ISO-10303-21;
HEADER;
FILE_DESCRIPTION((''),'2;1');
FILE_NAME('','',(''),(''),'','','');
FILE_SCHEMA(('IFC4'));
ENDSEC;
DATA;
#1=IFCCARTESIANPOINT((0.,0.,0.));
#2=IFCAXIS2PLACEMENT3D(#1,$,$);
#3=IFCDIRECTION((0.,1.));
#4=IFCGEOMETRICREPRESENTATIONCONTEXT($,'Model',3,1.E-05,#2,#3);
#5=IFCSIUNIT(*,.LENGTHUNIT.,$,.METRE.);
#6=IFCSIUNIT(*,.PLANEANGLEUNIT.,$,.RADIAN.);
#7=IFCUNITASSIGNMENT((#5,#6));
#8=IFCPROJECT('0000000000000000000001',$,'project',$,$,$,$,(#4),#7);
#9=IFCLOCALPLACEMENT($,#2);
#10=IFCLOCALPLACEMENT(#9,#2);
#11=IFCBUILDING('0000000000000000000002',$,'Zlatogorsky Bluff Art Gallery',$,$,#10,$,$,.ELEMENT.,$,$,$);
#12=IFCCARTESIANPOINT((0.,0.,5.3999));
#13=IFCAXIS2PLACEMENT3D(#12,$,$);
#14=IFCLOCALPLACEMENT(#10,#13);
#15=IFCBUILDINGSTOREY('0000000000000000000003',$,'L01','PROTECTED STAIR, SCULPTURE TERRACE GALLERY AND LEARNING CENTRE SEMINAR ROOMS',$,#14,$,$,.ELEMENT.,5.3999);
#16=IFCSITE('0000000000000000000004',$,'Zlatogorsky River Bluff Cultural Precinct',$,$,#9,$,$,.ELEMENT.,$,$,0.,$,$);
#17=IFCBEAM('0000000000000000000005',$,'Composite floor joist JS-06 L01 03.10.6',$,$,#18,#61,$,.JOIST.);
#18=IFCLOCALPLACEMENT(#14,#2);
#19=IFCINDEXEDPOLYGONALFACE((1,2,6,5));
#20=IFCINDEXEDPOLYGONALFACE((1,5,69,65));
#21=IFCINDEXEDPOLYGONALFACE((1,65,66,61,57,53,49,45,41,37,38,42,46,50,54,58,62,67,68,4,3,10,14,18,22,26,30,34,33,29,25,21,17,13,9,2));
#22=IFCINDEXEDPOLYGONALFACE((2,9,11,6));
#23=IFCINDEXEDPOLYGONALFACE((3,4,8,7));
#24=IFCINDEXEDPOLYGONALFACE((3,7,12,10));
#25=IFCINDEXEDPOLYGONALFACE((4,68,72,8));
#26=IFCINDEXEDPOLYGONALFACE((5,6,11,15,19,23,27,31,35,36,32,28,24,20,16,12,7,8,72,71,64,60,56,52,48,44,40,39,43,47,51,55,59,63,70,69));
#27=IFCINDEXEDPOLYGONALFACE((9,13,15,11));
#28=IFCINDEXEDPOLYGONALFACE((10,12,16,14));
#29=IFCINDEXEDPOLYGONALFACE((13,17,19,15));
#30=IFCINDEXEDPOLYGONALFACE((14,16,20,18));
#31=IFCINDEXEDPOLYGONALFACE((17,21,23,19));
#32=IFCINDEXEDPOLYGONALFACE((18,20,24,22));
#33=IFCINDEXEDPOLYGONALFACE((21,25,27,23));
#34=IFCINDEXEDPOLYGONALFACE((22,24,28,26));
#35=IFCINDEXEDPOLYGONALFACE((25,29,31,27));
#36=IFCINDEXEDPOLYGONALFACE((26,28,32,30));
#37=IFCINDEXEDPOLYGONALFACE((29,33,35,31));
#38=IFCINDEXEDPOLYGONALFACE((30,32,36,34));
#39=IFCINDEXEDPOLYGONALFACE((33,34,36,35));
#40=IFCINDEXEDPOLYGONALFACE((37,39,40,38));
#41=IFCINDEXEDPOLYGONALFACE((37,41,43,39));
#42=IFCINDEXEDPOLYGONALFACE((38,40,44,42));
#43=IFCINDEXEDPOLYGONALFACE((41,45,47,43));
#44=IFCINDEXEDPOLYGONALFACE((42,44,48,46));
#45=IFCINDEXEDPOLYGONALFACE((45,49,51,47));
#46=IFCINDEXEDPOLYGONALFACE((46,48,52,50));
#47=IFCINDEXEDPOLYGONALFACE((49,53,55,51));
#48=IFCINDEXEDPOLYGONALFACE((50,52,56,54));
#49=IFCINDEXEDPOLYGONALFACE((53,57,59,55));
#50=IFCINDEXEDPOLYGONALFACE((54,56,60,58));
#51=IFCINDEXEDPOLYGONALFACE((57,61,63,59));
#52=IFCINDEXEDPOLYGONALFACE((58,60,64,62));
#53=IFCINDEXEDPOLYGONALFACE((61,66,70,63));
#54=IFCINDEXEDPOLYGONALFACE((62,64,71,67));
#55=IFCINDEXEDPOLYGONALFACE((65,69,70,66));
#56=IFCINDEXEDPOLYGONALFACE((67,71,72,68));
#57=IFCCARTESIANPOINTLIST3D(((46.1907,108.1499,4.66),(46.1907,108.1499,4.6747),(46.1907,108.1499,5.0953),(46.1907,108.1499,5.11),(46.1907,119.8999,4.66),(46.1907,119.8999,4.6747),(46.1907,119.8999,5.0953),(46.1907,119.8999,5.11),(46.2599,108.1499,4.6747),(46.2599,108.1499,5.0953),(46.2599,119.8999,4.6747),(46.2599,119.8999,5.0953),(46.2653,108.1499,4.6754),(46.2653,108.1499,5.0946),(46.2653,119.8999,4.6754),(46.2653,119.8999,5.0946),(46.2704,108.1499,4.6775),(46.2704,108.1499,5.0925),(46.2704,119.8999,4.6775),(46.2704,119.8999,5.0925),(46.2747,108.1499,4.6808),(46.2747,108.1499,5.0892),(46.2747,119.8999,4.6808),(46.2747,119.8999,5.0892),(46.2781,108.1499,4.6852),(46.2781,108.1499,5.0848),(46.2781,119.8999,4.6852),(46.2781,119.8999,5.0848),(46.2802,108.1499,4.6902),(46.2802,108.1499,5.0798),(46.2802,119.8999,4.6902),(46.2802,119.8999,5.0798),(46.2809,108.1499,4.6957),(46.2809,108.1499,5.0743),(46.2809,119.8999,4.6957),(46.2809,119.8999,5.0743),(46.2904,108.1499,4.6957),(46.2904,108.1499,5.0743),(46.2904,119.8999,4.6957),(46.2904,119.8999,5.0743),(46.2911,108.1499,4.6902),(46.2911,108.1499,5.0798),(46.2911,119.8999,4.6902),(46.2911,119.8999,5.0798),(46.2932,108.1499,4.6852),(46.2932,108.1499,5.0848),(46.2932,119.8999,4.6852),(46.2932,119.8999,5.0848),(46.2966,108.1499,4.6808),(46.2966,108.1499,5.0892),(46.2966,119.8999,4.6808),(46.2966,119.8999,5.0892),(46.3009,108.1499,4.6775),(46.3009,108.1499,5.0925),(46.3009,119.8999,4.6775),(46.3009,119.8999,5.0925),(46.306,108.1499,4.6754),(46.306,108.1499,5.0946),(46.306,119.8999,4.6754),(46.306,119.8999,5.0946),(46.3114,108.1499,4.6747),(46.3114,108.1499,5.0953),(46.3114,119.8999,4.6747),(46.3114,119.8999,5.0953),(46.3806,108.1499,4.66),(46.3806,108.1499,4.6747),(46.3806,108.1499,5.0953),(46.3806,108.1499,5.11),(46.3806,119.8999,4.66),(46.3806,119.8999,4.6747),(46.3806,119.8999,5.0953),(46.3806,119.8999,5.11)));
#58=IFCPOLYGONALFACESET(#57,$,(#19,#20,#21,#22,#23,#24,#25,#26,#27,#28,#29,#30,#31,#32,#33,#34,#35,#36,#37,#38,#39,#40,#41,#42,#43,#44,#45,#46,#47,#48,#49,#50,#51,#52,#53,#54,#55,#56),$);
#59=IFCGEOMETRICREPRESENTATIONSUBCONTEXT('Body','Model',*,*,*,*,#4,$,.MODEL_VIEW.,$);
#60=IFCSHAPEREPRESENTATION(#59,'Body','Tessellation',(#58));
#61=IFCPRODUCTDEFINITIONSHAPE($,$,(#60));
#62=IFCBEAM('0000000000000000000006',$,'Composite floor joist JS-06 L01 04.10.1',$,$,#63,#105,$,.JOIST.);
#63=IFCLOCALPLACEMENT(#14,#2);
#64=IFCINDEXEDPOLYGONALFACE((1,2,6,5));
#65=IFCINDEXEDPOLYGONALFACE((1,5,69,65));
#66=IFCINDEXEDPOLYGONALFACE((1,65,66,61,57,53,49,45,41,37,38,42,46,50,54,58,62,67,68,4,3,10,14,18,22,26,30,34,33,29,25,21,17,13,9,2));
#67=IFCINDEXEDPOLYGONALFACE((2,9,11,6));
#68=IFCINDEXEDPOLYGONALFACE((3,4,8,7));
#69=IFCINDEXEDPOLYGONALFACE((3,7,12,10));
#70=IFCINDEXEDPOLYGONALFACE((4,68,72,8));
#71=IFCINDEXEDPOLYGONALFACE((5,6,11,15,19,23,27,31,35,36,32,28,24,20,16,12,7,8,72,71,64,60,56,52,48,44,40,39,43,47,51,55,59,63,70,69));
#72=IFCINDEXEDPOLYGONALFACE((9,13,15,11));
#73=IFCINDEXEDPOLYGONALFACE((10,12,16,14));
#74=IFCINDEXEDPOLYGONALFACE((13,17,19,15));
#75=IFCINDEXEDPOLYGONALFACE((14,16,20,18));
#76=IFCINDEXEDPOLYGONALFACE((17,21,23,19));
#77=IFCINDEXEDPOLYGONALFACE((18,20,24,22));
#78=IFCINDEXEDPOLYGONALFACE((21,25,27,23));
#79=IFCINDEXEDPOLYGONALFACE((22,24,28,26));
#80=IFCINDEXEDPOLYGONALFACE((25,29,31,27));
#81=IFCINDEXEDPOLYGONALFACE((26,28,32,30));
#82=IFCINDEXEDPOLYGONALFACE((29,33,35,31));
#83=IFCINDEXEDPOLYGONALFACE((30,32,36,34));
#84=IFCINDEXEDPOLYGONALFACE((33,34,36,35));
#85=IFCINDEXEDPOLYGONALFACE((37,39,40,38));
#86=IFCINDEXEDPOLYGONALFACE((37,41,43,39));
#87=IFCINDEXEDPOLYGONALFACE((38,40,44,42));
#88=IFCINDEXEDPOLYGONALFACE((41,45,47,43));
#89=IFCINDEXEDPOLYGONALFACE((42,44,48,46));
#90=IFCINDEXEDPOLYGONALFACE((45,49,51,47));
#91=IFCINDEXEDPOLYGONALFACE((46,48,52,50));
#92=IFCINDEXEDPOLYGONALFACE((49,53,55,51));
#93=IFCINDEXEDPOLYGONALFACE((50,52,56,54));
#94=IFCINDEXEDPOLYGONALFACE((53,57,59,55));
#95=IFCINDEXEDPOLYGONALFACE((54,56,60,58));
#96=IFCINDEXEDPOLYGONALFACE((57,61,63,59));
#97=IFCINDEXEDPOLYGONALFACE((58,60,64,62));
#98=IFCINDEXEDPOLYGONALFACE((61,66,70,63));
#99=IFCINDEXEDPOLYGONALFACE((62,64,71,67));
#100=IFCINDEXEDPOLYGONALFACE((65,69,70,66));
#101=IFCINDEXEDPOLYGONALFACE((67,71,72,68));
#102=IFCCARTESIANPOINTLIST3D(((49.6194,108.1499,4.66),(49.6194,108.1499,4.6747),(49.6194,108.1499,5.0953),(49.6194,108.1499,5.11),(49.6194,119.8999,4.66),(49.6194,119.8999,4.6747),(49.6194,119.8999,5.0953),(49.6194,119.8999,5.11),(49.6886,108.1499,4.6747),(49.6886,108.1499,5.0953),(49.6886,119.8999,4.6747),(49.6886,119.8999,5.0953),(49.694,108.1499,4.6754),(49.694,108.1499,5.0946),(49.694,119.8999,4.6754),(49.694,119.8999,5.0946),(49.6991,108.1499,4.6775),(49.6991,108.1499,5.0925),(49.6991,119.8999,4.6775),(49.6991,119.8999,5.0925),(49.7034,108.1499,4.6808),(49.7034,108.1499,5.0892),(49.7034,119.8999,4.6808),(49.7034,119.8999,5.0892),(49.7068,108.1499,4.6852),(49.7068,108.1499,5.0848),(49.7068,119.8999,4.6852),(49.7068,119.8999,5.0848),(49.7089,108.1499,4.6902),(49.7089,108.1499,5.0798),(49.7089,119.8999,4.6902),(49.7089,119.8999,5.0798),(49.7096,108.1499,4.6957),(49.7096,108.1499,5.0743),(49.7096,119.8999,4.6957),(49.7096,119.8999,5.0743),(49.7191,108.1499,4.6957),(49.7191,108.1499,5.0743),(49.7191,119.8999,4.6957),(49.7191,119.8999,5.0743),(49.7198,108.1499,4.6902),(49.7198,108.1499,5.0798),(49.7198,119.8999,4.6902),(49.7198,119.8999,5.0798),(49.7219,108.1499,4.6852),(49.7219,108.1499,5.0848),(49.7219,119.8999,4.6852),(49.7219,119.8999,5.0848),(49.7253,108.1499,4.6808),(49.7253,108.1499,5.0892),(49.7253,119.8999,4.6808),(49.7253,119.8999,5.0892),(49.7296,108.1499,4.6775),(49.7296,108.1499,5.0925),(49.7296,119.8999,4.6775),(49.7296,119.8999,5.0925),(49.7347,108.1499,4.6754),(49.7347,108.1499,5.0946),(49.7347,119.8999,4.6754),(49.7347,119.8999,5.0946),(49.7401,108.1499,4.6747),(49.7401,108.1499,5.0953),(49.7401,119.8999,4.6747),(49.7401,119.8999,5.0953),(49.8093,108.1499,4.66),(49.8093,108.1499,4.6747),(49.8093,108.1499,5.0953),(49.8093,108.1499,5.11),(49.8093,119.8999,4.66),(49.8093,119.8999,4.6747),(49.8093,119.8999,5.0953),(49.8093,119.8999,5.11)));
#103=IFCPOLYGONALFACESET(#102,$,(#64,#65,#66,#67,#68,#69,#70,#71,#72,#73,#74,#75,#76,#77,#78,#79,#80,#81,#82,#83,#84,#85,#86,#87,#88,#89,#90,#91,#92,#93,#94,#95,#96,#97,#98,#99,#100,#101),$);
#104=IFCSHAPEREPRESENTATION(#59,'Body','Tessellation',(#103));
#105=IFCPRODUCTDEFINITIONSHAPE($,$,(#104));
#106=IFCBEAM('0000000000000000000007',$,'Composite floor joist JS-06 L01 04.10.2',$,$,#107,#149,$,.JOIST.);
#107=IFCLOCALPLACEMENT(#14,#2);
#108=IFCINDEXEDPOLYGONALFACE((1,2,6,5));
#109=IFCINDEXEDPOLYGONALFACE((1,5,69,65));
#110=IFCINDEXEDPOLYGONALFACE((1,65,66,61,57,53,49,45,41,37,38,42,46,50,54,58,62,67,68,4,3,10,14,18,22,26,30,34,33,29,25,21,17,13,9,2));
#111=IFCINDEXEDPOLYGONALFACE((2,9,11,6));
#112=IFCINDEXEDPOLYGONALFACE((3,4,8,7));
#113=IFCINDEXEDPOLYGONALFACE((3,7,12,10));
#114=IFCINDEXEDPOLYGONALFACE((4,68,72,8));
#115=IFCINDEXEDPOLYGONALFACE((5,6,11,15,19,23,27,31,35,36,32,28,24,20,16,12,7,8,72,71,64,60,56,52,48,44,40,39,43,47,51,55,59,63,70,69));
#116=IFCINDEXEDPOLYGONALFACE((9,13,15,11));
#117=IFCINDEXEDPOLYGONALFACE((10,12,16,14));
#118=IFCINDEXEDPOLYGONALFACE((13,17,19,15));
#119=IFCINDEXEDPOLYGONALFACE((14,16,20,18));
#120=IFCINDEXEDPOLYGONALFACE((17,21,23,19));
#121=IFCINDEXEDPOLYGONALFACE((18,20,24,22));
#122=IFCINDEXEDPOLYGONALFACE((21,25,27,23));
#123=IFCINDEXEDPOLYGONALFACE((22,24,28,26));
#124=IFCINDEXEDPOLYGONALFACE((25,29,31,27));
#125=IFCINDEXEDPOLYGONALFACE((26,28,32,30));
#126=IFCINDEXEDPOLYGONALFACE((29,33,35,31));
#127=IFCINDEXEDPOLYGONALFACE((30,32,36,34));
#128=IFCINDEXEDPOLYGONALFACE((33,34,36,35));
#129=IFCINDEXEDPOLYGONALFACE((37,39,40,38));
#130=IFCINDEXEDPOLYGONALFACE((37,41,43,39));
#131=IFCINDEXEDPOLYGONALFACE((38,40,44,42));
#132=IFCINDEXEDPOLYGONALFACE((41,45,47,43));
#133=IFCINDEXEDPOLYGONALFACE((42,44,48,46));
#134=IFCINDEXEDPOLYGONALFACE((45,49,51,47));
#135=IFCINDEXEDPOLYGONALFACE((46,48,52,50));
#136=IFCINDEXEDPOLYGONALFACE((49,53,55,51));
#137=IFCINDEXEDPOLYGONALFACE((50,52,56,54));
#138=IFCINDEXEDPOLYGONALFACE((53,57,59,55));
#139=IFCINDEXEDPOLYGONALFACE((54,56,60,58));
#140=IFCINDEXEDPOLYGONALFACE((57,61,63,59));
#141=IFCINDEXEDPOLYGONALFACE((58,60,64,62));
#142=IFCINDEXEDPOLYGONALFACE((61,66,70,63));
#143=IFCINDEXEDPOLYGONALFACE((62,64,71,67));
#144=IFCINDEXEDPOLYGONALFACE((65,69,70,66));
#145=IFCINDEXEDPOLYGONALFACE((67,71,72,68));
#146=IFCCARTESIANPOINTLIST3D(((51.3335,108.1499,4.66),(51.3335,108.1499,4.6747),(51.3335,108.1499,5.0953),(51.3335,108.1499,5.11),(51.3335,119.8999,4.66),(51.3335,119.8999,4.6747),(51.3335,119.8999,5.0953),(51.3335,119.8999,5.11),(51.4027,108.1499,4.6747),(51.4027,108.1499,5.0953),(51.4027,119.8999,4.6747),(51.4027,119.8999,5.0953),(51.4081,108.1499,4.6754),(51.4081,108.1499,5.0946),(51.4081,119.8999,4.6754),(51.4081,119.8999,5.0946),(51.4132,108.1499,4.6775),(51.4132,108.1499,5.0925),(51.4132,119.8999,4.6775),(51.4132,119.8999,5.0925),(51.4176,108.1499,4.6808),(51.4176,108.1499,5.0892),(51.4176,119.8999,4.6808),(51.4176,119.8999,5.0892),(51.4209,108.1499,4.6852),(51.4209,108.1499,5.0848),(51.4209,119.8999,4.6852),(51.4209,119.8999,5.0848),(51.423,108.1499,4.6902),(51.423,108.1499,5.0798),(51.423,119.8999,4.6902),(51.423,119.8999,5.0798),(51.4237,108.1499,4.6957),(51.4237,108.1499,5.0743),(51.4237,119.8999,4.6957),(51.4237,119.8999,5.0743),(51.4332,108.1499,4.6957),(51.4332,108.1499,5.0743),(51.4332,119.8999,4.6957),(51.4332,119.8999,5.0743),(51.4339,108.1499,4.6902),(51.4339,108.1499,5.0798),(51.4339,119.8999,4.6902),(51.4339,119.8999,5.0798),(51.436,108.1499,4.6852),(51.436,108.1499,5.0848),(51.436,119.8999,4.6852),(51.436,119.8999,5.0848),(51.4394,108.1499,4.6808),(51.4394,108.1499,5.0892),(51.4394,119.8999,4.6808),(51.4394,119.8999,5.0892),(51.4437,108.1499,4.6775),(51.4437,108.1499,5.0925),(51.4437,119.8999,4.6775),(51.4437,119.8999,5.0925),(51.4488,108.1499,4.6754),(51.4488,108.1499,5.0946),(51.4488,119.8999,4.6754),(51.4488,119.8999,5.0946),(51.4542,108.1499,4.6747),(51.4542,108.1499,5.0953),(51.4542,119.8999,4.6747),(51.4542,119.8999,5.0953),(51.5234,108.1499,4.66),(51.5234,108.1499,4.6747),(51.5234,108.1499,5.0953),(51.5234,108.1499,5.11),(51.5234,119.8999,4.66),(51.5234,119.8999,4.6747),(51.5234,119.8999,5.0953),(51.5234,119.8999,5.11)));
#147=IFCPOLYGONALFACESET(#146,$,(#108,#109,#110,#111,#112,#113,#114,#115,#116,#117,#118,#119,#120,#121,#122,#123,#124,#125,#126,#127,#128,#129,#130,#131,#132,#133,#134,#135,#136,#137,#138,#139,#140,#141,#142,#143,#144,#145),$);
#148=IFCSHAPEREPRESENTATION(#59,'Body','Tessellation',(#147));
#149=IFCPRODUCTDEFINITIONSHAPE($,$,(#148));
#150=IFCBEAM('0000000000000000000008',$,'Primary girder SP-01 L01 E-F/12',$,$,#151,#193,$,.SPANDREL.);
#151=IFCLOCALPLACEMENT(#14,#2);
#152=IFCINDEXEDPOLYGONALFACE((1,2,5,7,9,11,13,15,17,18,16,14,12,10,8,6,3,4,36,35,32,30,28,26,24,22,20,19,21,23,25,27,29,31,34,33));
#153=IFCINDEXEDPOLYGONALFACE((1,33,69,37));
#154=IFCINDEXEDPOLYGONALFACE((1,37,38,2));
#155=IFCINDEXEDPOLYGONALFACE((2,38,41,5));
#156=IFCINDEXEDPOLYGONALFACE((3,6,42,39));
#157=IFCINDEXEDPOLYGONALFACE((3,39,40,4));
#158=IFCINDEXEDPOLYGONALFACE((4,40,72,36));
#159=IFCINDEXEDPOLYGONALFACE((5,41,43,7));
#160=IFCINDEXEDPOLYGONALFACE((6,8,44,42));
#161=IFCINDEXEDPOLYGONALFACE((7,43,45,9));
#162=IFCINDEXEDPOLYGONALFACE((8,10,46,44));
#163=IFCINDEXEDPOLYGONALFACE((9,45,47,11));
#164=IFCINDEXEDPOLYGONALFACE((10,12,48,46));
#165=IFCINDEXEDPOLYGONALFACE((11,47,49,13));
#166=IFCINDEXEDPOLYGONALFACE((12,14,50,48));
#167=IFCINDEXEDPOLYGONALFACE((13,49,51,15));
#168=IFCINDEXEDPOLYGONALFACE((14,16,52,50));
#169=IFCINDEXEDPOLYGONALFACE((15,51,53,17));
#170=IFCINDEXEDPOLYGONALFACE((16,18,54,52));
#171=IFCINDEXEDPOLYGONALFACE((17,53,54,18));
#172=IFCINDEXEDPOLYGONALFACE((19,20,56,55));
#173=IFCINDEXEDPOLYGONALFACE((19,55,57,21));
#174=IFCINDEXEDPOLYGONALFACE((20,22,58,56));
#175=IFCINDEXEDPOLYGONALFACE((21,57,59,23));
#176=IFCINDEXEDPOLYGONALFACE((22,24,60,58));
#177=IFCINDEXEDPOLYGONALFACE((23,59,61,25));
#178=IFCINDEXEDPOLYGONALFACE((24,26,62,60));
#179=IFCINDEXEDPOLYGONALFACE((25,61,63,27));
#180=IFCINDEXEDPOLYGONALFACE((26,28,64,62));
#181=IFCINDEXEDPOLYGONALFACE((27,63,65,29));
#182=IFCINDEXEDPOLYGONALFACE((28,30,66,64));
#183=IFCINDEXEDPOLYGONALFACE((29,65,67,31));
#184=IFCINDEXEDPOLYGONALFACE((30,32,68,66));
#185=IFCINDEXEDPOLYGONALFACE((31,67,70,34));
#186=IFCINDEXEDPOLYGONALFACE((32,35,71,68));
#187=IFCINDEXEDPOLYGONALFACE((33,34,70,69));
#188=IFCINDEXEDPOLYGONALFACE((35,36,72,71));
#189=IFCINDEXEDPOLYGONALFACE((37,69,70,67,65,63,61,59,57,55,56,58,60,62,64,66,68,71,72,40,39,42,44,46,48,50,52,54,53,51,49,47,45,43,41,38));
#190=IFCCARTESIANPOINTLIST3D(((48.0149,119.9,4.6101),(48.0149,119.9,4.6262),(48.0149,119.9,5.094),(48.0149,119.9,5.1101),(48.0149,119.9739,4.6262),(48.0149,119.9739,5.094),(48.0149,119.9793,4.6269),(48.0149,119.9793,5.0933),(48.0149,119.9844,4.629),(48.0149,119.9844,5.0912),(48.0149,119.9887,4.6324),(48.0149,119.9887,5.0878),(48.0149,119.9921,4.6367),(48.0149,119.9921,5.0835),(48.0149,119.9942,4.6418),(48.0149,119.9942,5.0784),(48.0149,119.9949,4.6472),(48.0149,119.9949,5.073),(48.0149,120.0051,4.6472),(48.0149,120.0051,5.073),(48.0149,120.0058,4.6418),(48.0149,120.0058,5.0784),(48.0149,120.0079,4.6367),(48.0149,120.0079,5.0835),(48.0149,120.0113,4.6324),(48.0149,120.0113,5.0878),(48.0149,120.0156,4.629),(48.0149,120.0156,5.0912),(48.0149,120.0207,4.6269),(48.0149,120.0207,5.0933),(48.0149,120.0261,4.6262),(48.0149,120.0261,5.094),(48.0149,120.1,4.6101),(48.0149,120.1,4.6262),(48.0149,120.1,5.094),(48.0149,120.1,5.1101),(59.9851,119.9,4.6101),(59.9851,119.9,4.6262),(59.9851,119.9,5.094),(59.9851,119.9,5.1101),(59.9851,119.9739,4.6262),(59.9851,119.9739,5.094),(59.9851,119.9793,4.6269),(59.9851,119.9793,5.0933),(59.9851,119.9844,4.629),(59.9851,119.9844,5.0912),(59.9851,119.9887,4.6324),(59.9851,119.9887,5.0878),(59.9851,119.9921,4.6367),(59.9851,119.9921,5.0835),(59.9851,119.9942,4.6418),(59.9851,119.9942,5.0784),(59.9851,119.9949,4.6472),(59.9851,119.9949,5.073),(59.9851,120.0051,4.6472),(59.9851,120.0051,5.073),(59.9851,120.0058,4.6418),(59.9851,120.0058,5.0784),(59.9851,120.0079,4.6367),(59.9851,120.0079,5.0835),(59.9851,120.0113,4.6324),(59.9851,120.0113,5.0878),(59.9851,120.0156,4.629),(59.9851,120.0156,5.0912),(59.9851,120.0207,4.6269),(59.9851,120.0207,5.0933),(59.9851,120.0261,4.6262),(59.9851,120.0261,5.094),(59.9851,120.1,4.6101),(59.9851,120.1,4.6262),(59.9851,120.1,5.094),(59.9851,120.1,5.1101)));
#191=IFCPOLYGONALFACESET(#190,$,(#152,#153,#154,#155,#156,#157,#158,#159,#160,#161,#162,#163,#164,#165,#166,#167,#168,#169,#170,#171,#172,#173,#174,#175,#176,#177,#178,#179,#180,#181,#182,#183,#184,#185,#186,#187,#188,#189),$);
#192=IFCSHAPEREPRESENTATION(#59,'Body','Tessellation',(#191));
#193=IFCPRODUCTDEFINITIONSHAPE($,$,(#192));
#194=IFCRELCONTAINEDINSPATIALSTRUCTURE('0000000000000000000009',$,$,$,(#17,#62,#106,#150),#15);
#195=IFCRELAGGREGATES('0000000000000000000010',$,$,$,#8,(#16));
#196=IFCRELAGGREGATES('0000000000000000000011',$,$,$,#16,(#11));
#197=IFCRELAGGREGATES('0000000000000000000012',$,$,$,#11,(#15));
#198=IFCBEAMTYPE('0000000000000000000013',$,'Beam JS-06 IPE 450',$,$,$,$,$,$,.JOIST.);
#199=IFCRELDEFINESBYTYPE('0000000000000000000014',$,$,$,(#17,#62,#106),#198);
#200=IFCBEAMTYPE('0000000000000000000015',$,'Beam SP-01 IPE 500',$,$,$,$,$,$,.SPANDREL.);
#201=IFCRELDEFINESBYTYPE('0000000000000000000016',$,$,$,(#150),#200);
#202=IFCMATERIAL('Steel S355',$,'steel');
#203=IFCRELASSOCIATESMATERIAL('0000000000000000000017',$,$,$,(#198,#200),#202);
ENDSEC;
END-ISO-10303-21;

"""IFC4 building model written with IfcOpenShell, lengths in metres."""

from ifc_helpers import new_model, si_unit, direction, frame, origin, origin_2d, place, context, subcontext, project, spatial, i_section, extrude, material, material_profile, profile_set, type_object, element, save


model = new_model("IFC4")

# Units and contexts
model_context = context("Model", 3, precision=1e-05, world=origin(), true_north=direction((0.0, 1.0)))
body_context = subcontext(model_context, "Body", "Model", "MODEL_VIEW")
ifc_project = project(units=[si_unit("LENGTHUNIT", "METRE"), si_unit("PLANEANGLEUNIT", "RADIAN")], contexts=[model_context])

# Site, building, storey
site_placement = place(None, origin())
site = spatial("IfcSite", under=ifc_project, at=site_placement, Name="Zlatogorsky River Bluff Cultural Precinct", CompositionType="ELEMENT", RefElevation=0.0)
building_placement = place(site_placement, origin())
building = spatial("IfcBuilding", under=site, at=building_placement, Name="Zlatogorsky Bluff Art Gallery", CompositionType="ELEMENT")
storey_placement = place(building_placement, frame((0.0, 0.0, 5.3999)))
storey = spatial("IfcBuildingStorey", under=building, at=storey_placement, Name="L01", Description="PROTECTED STAIR, SCULPTURE TERRACE GALLERY AND LEARNING CENTRE SEMINAR ROOMS", CompositionType="ELEMENT", Elevation=5.3999)

# Shared definitions
ifc_material_1 = material(Name="Steel S355", Category="steel")

# Beams
ifc_material_profile_1 = material_profile(ifc_material_1, i_section(OverallWidth=0.1899, OverallDepth=0.45, WebThickness=0.0095, FlangeThickness=0.0146, FilletRadius=0.021, at=origin_2d()), Name="IPE 450")
ifc_profile_set_1 = profile_set([ifc_material_profile_1], Name="Steel S355")
beam_type_1 = type_object("IfcBeamType", Name="Beam JS-06 IPE 450", PredefinedType="JOIST", material=ifc_profile_set_1)
for number, where, z_axis, x_axis, name in (
    (1, (46.2856, 108.1499, 4.885), (0.0, 1.0, 0.0), (-1.0, 0.0, 0.0), "Composite floor joist JS-06 L01 03.10.6"),
    (2, (49.7144, 108.1499, 4.885), (0.0, 1.0, 0.0), (-1.0, 0.0, 0.0), "Composite floor joist JS-06 L01 04.10.1"),
    (3, (51.4285, 108.1499, 4.885), (0.0, 1.0, 0.0), (-1.0, 0.0, 0.0), "Composite floor joist JS-06 L01 04.10.2"),
):
    element("IfcBeam", number, at=place(storey_placement, frame(where, z_axis=z_axis, x_axis=x_axis)), inside=storey, type_object=beam_type_1, Name=name, PredefinedType="JOIST", context=body_context, shape_type="SweptSolid", body=[
        extrude(i_section(OverallWidth=0.1899, OverallDepth=0.45, WebThickness=0.0095, FlangeThickness=0.0146, FilletRadius=0.021, at=origin_2d()), origin(), (0.0, 0.0, 1.0), 11.75),
    ])
ifc_material_profile_2 = material_profile(ifc_material_1, i_section(OverallWidth=0.2, OverallDepth=0.5, WebThickness=0.0103, FlangeThickness=0.0161, FilletRadius=0.021, at=origin_2d()), Name="IPE 500")
ifc_profile_set_2 = profile_set([ifc_material_profile_2], Name="Steel S355")
beam_type_2 = type_object("IfcBeamType", Name="Beam SP-01 IPE 500", PredefinedType="SPANDREL", material=ifc_profile_set_2)
beam_1_placement = place(storey_placement, frame((48.0149, 120.0, 4.8601), z_axis=(1.0, 0.0, 0.0), x_axis=(0.0, 1.0, 0.0)))
element("IfcBeam", 4, at=beam_1_placement, inside=storey, type_object=beam_type_2, Name="Primary girder SP-01 L01 E-F/12", PredefinedType="SPANDREL", context=body_context, shape_type="SweptSolid", body=[
    extrude(i_section(OverallWidth=0.2, OverallDepth=0.5, WebThickness=0.0103, FlangeThickness=0.0161, FilletRadius=0.021, at=origin_2d()), origin(), (0.0, 0.0, 1.0), 11.9702),
])

save(model, "model.ifc")
